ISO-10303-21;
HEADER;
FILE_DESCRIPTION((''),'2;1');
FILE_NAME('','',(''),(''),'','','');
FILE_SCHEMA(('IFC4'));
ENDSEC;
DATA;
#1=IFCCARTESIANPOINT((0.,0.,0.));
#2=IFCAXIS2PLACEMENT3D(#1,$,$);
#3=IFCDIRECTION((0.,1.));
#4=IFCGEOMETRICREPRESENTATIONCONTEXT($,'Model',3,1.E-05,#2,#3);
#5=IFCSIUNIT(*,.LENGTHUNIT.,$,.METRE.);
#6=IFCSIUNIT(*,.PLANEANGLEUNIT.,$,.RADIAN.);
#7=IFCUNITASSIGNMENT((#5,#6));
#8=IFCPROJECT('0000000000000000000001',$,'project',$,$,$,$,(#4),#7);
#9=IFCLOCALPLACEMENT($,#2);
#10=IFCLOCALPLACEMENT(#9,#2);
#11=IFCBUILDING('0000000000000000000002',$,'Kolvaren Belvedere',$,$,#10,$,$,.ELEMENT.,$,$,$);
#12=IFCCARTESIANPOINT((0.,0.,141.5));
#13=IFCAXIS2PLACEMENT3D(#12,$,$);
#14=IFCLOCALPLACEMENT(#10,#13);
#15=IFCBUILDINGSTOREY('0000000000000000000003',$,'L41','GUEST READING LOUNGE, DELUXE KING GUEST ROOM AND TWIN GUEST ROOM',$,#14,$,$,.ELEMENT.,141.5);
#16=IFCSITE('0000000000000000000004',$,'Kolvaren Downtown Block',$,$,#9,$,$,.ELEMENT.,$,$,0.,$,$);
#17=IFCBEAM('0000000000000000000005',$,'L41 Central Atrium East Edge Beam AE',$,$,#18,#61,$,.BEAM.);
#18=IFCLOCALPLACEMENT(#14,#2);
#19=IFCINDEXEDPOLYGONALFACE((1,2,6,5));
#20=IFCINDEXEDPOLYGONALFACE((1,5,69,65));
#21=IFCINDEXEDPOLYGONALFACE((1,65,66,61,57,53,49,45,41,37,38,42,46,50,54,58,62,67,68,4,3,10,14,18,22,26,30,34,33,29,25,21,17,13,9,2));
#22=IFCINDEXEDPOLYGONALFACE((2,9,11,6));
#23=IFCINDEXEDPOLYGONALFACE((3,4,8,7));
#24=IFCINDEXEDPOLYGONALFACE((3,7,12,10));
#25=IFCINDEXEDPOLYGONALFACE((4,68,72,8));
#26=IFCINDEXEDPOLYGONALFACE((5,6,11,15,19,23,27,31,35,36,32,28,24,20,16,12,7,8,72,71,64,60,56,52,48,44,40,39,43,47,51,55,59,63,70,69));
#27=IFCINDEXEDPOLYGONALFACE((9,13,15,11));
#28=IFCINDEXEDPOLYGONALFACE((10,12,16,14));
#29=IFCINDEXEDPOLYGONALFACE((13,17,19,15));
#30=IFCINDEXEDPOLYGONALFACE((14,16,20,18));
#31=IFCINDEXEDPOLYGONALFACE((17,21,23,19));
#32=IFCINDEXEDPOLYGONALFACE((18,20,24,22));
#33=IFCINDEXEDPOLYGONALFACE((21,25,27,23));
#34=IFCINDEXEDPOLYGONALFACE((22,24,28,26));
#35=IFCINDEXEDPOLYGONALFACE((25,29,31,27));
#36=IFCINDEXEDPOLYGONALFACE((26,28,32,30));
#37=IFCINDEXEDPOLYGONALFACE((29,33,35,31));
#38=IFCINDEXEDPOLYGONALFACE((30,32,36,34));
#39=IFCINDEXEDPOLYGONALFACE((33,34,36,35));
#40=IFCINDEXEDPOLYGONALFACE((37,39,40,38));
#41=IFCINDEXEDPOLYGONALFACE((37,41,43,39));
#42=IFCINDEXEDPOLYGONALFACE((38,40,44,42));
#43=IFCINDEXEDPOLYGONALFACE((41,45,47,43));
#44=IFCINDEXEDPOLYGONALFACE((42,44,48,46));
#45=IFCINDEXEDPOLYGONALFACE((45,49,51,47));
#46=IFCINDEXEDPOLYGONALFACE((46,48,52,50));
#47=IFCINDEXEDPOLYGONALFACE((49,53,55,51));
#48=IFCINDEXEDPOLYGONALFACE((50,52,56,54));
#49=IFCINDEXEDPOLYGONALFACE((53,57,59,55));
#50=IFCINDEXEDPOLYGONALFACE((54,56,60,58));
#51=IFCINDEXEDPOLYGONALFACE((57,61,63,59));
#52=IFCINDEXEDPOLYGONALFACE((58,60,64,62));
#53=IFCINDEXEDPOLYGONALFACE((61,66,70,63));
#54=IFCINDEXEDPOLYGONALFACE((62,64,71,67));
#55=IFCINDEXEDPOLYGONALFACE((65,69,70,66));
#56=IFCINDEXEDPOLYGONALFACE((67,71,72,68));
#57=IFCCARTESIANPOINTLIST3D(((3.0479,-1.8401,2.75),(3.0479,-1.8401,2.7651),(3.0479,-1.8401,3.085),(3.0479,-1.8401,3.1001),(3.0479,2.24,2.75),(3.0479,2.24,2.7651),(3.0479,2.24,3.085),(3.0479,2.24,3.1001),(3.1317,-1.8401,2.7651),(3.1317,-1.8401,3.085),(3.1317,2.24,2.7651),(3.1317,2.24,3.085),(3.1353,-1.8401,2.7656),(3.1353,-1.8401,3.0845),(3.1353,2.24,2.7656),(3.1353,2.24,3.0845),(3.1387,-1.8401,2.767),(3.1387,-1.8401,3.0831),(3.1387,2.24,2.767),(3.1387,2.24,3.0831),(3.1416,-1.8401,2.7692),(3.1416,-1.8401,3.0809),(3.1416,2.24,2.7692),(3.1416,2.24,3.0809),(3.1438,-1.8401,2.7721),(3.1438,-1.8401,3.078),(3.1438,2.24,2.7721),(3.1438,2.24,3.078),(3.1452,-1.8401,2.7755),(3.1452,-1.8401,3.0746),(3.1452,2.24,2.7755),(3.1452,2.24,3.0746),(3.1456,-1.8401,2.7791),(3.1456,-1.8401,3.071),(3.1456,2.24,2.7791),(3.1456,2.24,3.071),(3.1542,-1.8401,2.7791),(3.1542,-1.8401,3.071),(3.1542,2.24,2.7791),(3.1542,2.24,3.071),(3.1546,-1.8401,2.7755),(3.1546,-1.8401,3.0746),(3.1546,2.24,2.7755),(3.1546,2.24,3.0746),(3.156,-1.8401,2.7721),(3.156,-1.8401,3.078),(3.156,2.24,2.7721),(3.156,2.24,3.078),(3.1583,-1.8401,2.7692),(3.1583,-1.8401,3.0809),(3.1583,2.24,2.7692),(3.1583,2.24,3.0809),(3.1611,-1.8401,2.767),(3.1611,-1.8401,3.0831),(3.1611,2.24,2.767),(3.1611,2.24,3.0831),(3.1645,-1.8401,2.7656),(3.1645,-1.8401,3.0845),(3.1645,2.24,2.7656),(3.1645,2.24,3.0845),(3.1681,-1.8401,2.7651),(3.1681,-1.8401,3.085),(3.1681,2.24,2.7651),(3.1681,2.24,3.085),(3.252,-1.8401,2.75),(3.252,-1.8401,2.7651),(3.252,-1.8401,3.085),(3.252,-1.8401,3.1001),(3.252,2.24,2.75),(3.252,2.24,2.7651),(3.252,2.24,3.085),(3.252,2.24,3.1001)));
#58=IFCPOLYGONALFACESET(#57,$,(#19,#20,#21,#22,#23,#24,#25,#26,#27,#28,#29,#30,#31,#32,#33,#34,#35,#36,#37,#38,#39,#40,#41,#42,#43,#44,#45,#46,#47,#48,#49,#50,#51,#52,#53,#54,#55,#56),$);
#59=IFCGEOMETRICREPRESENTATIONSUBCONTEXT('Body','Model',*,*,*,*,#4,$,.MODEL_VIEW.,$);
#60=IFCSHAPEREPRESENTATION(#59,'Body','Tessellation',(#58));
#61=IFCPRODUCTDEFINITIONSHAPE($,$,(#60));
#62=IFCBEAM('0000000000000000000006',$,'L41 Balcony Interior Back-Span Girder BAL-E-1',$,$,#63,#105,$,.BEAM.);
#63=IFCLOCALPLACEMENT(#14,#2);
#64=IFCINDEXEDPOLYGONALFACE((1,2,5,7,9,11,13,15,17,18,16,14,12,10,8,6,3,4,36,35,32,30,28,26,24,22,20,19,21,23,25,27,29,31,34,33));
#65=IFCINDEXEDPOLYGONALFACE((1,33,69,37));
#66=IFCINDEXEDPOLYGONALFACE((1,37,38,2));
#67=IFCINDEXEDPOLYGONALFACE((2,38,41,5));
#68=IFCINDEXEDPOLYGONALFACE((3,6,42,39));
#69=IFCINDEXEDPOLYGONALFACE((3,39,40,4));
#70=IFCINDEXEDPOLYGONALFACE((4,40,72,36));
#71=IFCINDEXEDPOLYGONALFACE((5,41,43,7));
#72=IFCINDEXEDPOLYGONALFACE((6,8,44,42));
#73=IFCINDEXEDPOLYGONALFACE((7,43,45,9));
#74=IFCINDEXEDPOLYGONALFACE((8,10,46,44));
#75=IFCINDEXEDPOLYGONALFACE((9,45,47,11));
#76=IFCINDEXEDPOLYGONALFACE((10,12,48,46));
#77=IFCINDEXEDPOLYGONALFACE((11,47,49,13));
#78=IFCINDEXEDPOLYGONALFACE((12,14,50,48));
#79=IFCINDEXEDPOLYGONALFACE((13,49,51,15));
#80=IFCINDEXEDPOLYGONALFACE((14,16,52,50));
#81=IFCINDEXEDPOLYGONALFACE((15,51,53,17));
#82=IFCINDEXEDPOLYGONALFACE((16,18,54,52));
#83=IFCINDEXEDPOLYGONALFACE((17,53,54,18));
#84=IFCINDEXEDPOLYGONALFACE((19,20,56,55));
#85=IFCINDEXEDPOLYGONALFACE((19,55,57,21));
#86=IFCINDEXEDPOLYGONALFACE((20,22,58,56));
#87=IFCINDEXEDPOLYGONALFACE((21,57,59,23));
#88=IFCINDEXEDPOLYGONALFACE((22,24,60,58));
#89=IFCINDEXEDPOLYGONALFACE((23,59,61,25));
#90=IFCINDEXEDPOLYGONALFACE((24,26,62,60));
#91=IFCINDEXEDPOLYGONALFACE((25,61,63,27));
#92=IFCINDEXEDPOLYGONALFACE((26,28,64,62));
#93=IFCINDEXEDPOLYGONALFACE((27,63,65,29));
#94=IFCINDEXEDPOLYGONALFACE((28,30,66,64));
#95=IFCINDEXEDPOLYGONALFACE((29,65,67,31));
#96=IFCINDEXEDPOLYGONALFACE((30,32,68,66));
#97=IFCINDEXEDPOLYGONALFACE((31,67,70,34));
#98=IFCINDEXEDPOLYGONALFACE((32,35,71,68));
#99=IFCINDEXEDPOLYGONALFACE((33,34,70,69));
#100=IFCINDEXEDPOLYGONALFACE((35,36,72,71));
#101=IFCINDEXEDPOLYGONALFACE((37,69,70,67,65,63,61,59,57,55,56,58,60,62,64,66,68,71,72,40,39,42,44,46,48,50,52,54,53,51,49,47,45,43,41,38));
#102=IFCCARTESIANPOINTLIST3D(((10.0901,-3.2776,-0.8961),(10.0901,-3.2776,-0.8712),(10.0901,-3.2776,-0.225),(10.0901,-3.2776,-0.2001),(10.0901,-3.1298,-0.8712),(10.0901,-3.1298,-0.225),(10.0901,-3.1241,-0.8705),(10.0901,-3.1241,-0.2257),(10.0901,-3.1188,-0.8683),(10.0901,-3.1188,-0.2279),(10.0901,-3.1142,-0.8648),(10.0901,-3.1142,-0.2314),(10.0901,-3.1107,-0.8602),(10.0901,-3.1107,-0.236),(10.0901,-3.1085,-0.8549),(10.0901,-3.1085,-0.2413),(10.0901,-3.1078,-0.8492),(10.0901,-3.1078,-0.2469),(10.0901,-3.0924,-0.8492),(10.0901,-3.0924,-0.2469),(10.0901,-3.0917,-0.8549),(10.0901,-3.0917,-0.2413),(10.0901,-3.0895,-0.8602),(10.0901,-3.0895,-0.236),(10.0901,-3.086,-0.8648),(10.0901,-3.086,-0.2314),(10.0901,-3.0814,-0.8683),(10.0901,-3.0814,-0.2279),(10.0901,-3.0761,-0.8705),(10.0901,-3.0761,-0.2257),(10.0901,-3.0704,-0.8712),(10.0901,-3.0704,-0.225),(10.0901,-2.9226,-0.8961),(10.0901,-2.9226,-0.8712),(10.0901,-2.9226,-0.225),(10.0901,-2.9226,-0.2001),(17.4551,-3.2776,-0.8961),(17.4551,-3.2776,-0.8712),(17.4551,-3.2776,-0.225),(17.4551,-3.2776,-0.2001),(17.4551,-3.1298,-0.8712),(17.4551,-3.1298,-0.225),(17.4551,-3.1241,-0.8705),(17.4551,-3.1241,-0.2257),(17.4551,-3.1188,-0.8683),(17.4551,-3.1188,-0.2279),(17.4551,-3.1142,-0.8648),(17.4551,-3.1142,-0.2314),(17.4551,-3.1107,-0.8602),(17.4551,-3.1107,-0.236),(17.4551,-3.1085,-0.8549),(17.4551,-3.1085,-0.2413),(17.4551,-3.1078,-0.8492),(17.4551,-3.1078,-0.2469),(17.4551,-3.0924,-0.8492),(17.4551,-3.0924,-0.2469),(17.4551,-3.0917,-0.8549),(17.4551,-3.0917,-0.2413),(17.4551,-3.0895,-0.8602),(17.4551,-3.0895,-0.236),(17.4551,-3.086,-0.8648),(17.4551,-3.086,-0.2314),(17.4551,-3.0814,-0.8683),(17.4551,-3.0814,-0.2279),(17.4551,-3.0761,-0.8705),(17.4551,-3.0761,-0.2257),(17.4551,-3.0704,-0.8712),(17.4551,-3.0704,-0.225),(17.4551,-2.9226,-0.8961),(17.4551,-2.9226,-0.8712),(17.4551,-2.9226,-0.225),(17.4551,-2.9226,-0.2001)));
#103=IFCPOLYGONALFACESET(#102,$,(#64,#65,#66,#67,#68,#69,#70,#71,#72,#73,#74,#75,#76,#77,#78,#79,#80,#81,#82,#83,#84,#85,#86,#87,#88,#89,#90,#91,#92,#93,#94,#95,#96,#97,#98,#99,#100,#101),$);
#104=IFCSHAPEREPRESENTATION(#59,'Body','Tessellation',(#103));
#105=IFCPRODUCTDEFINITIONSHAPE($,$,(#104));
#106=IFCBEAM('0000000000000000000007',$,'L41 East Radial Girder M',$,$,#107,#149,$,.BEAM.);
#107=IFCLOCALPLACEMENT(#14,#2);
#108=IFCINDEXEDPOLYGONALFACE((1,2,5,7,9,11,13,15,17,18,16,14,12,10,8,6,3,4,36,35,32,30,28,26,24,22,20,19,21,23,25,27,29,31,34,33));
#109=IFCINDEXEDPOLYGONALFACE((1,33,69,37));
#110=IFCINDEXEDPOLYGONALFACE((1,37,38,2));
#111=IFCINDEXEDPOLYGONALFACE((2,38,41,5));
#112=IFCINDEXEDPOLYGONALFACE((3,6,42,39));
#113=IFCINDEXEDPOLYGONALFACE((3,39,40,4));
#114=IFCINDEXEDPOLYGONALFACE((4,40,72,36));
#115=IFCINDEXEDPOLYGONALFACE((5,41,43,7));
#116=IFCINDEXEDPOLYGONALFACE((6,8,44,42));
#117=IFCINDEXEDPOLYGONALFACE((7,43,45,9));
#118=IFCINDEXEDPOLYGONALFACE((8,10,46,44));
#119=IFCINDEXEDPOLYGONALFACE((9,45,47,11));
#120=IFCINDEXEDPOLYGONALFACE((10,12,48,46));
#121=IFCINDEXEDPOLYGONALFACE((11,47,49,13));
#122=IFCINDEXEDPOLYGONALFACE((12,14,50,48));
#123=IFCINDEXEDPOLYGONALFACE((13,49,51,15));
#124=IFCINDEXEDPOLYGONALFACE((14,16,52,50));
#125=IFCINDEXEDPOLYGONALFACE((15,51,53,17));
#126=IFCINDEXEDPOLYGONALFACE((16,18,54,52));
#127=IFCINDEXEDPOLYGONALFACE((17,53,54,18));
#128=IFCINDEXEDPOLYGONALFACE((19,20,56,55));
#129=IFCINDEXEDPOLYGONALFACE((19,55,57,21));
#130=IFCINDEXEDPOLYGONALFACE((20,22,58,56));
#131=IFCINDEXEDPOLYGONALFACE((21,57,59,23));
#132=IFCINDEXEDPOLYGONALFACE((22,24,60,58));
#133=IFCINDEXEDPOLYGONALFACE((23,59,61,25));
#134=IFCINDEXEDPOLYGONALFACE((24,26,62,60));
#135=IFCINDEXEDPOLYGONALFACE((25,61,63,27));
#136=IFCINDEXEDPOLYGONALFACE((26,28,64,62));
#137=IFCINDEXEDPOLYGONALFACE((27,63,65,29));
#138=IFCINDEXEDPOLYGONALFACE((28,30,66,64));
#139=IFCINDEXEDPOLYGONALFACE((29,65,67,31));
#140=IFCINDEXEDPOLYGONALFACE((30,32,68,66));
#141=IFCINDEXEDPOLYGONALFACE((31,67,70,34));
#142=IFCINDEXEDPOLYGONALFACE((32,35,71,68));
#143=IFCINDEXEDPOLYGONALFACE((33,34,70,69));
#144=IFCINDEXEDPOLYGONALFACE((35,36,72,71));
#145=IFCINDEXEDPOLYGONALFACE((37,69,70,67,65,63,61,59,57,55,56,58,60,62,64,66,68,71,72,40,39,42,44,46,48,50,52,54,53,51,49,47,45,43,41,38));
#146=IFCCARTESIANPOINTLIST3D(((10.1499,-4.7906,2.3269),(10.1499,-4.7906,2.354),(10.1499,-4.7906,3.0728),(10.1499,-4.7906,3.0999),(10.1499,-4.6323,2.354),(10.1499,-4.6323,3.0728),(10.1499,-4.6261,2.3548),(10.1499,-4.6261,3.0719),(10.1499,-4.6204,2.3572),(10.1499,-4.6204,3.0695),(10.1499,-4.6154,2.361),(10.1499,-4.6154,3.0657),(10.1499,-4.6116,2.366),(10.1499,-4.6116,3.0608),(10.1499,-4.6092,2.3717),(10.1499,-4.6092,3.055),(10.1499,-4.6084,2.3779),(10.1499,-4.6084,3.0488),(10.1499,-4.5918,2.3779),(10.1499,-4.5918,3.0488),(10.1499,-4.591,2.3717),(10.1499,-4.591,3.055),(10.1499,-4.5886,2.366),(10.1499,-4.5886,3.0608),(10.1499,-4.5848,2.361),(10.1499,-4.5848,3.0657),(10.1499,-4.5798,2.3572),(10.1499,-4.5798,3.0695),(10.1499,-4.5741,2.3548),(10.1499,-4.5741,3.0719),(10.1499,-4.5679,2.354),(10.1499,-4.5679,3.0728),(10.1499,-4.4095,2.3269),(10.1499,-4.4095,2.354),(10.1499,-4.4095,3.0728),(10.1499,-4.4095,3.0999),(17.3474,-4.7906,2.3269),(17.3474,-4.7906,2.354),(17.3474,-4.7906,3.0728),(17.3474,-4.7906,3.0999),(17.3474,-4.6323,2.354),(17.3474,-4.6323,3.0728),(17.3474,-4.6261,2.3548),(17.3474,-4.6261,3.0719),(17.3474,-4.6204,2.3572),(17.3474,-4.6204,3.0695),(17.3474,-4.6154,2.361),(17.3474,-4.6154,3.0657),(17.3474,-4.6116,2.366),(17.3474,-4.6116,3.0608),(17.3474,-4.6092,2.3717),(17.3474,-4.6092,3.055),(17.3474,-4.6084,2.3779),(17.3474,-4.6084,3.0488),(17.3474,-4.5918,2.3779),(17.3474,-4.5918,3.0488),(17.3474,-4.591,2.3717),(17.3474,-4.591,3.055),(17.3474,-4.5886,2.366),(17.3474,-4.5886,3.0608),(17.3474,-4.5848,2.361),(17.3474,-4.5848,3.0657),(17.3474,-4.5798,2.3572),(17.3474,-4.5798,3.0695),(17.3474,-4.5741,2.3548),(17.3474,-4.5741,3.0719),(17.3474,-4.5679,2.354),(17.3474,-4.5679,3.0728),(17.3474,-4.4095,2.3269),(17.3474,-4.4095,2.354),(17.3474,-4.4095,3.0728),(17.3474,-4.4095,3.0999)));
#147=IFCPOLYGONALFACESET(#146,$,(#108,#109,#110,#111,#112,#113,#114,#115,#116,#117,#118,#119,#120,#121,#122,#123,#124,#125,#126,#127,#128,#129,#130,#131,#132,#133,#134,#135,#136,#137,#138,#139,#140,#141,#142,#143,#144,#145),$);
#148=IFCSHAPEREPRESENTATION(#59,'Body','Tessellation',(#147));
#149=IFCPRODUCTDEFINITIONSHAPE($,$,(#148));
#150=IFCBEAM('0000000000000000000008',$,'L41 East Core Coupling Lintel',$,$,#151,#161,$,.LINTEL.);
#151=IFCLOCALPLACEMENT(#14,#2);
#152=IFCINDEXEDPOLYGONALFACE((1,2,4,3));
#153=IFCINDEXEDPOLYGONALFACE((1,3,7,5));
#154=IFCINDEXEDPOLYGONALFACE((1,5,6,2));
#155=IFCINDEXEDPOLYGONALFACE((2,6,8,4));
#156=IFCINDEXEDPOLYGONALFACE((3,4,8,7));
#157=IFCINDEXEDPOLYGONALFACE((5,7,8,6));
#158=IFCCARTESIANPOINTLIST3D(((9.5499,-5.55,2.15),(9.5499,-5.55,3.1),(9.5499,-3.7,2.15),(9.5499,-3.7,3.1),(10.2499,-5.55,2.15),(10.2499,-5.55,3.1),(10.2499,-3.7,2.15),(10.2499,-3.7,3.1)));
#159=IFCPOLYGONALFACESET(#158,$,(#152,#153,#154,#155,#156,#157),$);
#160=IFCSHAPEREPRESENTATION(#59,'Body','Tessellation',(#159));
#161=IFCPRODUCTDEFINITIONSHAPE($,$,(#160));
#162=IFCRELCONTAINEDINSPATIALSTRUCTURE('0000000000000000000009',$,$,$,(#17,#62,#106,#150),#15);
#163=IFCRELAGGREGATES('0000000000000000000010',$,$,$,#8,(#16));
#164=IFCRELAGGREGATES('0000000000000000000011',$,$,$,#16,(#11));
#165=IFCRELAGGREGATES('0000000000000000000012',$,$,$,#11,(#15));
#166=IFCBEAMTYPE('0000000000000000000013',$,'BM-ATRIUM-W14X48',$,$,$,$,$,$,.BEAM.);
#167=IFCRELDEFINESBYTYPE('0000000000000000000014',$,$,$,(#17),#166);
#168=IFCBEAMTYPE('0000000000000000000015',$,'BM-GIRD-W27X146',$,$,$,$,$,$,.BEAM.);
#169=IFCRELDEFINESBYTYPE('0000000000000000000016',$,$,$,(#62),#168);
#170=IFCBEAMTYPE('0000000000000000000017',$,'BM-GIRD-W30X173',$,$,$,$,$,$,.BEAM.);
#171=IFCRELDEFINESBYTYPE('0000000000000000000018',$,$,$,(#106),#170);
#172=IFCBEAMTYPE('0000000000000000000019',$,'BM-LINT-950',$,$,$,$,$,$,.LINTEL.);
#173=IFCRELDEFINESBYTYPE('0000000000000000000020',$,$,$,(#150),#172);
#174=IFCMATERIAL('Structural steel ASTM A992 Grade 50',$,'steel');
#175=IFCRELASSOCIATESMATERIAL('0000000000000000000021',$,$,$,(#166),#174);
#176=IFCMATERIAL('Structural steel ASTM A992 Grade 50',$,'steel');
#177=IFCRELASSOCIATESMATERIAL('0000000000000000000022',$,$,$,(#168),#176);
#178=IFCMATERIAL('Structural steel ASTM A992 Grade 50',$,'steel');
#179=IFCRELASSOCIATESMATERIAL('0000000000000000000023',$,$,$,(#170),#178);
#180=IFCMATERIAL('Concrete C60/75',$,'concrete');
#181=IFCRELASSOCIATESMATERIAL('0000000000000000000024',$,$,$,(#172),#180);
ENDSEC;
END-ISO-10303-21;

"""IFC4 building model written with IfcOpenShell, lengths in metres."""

from ifc_helpers import new_model, si_unit, direction, frame, origin, origin_2d, place, context, subcontext, project, spatial, rectangle, i_section, extrude, material, material_profile, profile_set, type_object, element, save


model = new_model("IFC4")

# Units and contexts
model_context = context("Model", 3, precision=1e-05, world=origin(), true_north=direction((0.0, 1.0)))
body_context = subcontext(model_context, "Body", "Model", "MODEL_VIEW")
ifc_project = project(units=[si_unit("LENGTHUNIT", "METRE"), si_unit("PLANEANGLEUNIT", "RADIAN")], contexts=[model_context])

# Site, building, storey
site_placement = place(None, origin())
site = spatial("IfcSite", under=ifc_project, at=site_placement, Name="Kolvaren Downtown Block", CompositionType="ELEMENT", RefElevation=0.0)
building_placement = place(site_placement, origin())
building = spatial("IfcBuilding", under=site, at=building_placement, Name="Kolvaren Belvedere", CompositionType="ELEMENT")
storey_placement = place(building_placement, frame((0.0, 0.0, 141.5)))
storey = spatial("IfcBuildingStorey", under=building, at=storey_placement, Name="L41", Description="GUEST READING LOUNGE, DELUXE KING GUEST ROOM AND TWIN GUEST ROOM", CompositionType="ELEMENT", Elevation=141.5)

# Beams
ifc_material_1 = material(Name="Structural steel ASTM A992 Grade 50", Category="steel")
ifc_material_profile_1 = material_profile(ifc_material_1, i_section(OverallWidth=0.2041, OverallDepth=0.3501, WebThickness=0.0085, FlangeThickness=0.0151, FilletRadius=0.0139, at=origin_2d()), Name="W14X48")
ifc_profile_set_1 = profile_set([ifc_material_profile_1], Name="Structural steel ASTM A992 Grade 50")
beam_type_1 = type_object("IfcBeamType", Name="BM-ATRIUM-W14X48", PredefinedType="BEAM", material=ifc_profile_set_1)
beam_1_placement = place(storey_placement, frame((3.1499, -1.8401, 2.925), z_axis=(0.0, 1.0, 0.0), x_axis=(-1.0, 0.0, 0.0)))
element("IfcBeam", 1, at=beam_1_placement, inside=storey, type_object=beam_type_1, Name="L41 Central Atrium East Edge Beam AE", PredefinedType="BEAM", context=body_context, shape_type="SweptSolid", body=[
    extrude(i_section(OverallWidth=0.2041, OverallDepth=0.3501, WebThickness=0.0085, FlangeThickness=0.0151, FilletRadius=0.0139, at=origin_2d()), origin(), (0.0, 0.0, 1.0), 4.0801),
])
ifc_material_2 = material(Name="Structural steel ASTM A992 Grade 50", Category="steel")
ifc_material_profile_2 = material_profile(ifc_material_2, i_section(OverallWidth=0.355, OverallDepth=0.696, WebThickness=0.0154, FlangeThickness=0.0249, FilletRadius=0.022, at=origin_2d()), Name="W27X146")
ifc_profile_set_2 = profile_set([ifc_material_profile_2], Name="Structural steel ASTM A992 Grade 50")
beam_type_2 = type_object("IfcBeamType", Name="BM-GIRD-W27X146", PredefinedType="BEAM", material=ifc_profile_set_2)
beam_2_placement = place(storey_placement, frame((10.0901, -3.1001, -0.5481), z_axis=(1.0, 0.0, 0.0), x_axis=(0.0, 1.0, 0.0)))
element("IfcBeam", 2, at=beam_2_placement, inside=storey, type_object=beam_type_2, Name="L41 Balcony Interior Back-Span Girder BAL-E-1", PredefinedType="BEAM", context=body_context, shape_type="SweptSolid", body=[
    extrude(i_section(OverallWidth=0.355, OverallDepth=0.696, WebThickness=0.0154, FlangeThickness=0.0249, FilletRadius=0.022, at=origin_2d()), origin(), (0.0, 0.0, 1.0), 7.365),
])
ifc_material_3 = material(Name="Structural steel ASTM A992 Grade 50", Category="steel")
ifc_material_profile_3 = material_profile(ifc_material_3, i_section(OverallWidth=0.3811, OverallDepth=0.7729, WebThickness=0.0166, FlangeThickness=0.0271, FilletRadius=0.0239, at=origin_2d()), Name="W30X173")
ifc_profile_set_3 = profile_set([ifc_material_profile_3], Name="Structural steel ASTM A992 Grade 50")
beam_type_3 = type_object("IfcBeamType", Name="BM-GIRD-W30X173", PredefinedType="BEAM", material=ifc_profile_set_3)
beam_3_placement = place(storey_placement, frame((10.1499, -4.6001, 2.7134), z_axis=(1.0, 0.0, 0.0), x_axis=(0.0, 1.0, 0.0)))
element("IfcBeam", 3, at=beam_3_placement, inside=storey, type_object=beam_type_3, Name="L41 East Radial Girder M", PredefinedType="BEAM", context=body_context, shape_type="SweptSolid", body=[
    extrude(i_section(OverallWidth=0.3811, OverallDepth=0.7729, WebThickness=0.0166, FlangeThickness=0.0271, FilletRadius=0.0239, at=origin_2d()), origin(), (0.0, 0.0, 1.0), 7.1975),
])
ifc_material_4 = material(Name="Concrete C60/75", Category="concrete")
ifc_material_profile_4 = material_profile(ifc_material_4, rectangle(XDim=0.7, YDim=0.95, at=origin_2d()), Name="RC 700X950")
ifc_profile_set_4 = profile_set([ifc_material_profile_4], Name="Concrete C60/75")
beam_type_4 = type_object("IfcBeamType", Name="BM-LINT-950", PredefinedType="LINTEL", material=ifc_profile_set_4)
beam_4_placement = place(storey_placement, frame((9.8999, -5.55, 2.625), z_axis=(0.0, 1.0, 0.0), x_axis=(-1.0, 0.0, 0.0)))
element("IfcBeam", 4, at=beam_4_placement, inside=storey, type_object=beam_type_4, Name="L41 East Core Coupling Lintel", PredefinedType="LINTEL", context=body_context, shape_type="SweptSolid", body=[
    extrude(rectangle(XDim=0.7, YDim=0.95, at=origin_2d()), origin(), (0.0, 0.0, 1.0), 1.8501),
])

save(model, "model.ifc")
